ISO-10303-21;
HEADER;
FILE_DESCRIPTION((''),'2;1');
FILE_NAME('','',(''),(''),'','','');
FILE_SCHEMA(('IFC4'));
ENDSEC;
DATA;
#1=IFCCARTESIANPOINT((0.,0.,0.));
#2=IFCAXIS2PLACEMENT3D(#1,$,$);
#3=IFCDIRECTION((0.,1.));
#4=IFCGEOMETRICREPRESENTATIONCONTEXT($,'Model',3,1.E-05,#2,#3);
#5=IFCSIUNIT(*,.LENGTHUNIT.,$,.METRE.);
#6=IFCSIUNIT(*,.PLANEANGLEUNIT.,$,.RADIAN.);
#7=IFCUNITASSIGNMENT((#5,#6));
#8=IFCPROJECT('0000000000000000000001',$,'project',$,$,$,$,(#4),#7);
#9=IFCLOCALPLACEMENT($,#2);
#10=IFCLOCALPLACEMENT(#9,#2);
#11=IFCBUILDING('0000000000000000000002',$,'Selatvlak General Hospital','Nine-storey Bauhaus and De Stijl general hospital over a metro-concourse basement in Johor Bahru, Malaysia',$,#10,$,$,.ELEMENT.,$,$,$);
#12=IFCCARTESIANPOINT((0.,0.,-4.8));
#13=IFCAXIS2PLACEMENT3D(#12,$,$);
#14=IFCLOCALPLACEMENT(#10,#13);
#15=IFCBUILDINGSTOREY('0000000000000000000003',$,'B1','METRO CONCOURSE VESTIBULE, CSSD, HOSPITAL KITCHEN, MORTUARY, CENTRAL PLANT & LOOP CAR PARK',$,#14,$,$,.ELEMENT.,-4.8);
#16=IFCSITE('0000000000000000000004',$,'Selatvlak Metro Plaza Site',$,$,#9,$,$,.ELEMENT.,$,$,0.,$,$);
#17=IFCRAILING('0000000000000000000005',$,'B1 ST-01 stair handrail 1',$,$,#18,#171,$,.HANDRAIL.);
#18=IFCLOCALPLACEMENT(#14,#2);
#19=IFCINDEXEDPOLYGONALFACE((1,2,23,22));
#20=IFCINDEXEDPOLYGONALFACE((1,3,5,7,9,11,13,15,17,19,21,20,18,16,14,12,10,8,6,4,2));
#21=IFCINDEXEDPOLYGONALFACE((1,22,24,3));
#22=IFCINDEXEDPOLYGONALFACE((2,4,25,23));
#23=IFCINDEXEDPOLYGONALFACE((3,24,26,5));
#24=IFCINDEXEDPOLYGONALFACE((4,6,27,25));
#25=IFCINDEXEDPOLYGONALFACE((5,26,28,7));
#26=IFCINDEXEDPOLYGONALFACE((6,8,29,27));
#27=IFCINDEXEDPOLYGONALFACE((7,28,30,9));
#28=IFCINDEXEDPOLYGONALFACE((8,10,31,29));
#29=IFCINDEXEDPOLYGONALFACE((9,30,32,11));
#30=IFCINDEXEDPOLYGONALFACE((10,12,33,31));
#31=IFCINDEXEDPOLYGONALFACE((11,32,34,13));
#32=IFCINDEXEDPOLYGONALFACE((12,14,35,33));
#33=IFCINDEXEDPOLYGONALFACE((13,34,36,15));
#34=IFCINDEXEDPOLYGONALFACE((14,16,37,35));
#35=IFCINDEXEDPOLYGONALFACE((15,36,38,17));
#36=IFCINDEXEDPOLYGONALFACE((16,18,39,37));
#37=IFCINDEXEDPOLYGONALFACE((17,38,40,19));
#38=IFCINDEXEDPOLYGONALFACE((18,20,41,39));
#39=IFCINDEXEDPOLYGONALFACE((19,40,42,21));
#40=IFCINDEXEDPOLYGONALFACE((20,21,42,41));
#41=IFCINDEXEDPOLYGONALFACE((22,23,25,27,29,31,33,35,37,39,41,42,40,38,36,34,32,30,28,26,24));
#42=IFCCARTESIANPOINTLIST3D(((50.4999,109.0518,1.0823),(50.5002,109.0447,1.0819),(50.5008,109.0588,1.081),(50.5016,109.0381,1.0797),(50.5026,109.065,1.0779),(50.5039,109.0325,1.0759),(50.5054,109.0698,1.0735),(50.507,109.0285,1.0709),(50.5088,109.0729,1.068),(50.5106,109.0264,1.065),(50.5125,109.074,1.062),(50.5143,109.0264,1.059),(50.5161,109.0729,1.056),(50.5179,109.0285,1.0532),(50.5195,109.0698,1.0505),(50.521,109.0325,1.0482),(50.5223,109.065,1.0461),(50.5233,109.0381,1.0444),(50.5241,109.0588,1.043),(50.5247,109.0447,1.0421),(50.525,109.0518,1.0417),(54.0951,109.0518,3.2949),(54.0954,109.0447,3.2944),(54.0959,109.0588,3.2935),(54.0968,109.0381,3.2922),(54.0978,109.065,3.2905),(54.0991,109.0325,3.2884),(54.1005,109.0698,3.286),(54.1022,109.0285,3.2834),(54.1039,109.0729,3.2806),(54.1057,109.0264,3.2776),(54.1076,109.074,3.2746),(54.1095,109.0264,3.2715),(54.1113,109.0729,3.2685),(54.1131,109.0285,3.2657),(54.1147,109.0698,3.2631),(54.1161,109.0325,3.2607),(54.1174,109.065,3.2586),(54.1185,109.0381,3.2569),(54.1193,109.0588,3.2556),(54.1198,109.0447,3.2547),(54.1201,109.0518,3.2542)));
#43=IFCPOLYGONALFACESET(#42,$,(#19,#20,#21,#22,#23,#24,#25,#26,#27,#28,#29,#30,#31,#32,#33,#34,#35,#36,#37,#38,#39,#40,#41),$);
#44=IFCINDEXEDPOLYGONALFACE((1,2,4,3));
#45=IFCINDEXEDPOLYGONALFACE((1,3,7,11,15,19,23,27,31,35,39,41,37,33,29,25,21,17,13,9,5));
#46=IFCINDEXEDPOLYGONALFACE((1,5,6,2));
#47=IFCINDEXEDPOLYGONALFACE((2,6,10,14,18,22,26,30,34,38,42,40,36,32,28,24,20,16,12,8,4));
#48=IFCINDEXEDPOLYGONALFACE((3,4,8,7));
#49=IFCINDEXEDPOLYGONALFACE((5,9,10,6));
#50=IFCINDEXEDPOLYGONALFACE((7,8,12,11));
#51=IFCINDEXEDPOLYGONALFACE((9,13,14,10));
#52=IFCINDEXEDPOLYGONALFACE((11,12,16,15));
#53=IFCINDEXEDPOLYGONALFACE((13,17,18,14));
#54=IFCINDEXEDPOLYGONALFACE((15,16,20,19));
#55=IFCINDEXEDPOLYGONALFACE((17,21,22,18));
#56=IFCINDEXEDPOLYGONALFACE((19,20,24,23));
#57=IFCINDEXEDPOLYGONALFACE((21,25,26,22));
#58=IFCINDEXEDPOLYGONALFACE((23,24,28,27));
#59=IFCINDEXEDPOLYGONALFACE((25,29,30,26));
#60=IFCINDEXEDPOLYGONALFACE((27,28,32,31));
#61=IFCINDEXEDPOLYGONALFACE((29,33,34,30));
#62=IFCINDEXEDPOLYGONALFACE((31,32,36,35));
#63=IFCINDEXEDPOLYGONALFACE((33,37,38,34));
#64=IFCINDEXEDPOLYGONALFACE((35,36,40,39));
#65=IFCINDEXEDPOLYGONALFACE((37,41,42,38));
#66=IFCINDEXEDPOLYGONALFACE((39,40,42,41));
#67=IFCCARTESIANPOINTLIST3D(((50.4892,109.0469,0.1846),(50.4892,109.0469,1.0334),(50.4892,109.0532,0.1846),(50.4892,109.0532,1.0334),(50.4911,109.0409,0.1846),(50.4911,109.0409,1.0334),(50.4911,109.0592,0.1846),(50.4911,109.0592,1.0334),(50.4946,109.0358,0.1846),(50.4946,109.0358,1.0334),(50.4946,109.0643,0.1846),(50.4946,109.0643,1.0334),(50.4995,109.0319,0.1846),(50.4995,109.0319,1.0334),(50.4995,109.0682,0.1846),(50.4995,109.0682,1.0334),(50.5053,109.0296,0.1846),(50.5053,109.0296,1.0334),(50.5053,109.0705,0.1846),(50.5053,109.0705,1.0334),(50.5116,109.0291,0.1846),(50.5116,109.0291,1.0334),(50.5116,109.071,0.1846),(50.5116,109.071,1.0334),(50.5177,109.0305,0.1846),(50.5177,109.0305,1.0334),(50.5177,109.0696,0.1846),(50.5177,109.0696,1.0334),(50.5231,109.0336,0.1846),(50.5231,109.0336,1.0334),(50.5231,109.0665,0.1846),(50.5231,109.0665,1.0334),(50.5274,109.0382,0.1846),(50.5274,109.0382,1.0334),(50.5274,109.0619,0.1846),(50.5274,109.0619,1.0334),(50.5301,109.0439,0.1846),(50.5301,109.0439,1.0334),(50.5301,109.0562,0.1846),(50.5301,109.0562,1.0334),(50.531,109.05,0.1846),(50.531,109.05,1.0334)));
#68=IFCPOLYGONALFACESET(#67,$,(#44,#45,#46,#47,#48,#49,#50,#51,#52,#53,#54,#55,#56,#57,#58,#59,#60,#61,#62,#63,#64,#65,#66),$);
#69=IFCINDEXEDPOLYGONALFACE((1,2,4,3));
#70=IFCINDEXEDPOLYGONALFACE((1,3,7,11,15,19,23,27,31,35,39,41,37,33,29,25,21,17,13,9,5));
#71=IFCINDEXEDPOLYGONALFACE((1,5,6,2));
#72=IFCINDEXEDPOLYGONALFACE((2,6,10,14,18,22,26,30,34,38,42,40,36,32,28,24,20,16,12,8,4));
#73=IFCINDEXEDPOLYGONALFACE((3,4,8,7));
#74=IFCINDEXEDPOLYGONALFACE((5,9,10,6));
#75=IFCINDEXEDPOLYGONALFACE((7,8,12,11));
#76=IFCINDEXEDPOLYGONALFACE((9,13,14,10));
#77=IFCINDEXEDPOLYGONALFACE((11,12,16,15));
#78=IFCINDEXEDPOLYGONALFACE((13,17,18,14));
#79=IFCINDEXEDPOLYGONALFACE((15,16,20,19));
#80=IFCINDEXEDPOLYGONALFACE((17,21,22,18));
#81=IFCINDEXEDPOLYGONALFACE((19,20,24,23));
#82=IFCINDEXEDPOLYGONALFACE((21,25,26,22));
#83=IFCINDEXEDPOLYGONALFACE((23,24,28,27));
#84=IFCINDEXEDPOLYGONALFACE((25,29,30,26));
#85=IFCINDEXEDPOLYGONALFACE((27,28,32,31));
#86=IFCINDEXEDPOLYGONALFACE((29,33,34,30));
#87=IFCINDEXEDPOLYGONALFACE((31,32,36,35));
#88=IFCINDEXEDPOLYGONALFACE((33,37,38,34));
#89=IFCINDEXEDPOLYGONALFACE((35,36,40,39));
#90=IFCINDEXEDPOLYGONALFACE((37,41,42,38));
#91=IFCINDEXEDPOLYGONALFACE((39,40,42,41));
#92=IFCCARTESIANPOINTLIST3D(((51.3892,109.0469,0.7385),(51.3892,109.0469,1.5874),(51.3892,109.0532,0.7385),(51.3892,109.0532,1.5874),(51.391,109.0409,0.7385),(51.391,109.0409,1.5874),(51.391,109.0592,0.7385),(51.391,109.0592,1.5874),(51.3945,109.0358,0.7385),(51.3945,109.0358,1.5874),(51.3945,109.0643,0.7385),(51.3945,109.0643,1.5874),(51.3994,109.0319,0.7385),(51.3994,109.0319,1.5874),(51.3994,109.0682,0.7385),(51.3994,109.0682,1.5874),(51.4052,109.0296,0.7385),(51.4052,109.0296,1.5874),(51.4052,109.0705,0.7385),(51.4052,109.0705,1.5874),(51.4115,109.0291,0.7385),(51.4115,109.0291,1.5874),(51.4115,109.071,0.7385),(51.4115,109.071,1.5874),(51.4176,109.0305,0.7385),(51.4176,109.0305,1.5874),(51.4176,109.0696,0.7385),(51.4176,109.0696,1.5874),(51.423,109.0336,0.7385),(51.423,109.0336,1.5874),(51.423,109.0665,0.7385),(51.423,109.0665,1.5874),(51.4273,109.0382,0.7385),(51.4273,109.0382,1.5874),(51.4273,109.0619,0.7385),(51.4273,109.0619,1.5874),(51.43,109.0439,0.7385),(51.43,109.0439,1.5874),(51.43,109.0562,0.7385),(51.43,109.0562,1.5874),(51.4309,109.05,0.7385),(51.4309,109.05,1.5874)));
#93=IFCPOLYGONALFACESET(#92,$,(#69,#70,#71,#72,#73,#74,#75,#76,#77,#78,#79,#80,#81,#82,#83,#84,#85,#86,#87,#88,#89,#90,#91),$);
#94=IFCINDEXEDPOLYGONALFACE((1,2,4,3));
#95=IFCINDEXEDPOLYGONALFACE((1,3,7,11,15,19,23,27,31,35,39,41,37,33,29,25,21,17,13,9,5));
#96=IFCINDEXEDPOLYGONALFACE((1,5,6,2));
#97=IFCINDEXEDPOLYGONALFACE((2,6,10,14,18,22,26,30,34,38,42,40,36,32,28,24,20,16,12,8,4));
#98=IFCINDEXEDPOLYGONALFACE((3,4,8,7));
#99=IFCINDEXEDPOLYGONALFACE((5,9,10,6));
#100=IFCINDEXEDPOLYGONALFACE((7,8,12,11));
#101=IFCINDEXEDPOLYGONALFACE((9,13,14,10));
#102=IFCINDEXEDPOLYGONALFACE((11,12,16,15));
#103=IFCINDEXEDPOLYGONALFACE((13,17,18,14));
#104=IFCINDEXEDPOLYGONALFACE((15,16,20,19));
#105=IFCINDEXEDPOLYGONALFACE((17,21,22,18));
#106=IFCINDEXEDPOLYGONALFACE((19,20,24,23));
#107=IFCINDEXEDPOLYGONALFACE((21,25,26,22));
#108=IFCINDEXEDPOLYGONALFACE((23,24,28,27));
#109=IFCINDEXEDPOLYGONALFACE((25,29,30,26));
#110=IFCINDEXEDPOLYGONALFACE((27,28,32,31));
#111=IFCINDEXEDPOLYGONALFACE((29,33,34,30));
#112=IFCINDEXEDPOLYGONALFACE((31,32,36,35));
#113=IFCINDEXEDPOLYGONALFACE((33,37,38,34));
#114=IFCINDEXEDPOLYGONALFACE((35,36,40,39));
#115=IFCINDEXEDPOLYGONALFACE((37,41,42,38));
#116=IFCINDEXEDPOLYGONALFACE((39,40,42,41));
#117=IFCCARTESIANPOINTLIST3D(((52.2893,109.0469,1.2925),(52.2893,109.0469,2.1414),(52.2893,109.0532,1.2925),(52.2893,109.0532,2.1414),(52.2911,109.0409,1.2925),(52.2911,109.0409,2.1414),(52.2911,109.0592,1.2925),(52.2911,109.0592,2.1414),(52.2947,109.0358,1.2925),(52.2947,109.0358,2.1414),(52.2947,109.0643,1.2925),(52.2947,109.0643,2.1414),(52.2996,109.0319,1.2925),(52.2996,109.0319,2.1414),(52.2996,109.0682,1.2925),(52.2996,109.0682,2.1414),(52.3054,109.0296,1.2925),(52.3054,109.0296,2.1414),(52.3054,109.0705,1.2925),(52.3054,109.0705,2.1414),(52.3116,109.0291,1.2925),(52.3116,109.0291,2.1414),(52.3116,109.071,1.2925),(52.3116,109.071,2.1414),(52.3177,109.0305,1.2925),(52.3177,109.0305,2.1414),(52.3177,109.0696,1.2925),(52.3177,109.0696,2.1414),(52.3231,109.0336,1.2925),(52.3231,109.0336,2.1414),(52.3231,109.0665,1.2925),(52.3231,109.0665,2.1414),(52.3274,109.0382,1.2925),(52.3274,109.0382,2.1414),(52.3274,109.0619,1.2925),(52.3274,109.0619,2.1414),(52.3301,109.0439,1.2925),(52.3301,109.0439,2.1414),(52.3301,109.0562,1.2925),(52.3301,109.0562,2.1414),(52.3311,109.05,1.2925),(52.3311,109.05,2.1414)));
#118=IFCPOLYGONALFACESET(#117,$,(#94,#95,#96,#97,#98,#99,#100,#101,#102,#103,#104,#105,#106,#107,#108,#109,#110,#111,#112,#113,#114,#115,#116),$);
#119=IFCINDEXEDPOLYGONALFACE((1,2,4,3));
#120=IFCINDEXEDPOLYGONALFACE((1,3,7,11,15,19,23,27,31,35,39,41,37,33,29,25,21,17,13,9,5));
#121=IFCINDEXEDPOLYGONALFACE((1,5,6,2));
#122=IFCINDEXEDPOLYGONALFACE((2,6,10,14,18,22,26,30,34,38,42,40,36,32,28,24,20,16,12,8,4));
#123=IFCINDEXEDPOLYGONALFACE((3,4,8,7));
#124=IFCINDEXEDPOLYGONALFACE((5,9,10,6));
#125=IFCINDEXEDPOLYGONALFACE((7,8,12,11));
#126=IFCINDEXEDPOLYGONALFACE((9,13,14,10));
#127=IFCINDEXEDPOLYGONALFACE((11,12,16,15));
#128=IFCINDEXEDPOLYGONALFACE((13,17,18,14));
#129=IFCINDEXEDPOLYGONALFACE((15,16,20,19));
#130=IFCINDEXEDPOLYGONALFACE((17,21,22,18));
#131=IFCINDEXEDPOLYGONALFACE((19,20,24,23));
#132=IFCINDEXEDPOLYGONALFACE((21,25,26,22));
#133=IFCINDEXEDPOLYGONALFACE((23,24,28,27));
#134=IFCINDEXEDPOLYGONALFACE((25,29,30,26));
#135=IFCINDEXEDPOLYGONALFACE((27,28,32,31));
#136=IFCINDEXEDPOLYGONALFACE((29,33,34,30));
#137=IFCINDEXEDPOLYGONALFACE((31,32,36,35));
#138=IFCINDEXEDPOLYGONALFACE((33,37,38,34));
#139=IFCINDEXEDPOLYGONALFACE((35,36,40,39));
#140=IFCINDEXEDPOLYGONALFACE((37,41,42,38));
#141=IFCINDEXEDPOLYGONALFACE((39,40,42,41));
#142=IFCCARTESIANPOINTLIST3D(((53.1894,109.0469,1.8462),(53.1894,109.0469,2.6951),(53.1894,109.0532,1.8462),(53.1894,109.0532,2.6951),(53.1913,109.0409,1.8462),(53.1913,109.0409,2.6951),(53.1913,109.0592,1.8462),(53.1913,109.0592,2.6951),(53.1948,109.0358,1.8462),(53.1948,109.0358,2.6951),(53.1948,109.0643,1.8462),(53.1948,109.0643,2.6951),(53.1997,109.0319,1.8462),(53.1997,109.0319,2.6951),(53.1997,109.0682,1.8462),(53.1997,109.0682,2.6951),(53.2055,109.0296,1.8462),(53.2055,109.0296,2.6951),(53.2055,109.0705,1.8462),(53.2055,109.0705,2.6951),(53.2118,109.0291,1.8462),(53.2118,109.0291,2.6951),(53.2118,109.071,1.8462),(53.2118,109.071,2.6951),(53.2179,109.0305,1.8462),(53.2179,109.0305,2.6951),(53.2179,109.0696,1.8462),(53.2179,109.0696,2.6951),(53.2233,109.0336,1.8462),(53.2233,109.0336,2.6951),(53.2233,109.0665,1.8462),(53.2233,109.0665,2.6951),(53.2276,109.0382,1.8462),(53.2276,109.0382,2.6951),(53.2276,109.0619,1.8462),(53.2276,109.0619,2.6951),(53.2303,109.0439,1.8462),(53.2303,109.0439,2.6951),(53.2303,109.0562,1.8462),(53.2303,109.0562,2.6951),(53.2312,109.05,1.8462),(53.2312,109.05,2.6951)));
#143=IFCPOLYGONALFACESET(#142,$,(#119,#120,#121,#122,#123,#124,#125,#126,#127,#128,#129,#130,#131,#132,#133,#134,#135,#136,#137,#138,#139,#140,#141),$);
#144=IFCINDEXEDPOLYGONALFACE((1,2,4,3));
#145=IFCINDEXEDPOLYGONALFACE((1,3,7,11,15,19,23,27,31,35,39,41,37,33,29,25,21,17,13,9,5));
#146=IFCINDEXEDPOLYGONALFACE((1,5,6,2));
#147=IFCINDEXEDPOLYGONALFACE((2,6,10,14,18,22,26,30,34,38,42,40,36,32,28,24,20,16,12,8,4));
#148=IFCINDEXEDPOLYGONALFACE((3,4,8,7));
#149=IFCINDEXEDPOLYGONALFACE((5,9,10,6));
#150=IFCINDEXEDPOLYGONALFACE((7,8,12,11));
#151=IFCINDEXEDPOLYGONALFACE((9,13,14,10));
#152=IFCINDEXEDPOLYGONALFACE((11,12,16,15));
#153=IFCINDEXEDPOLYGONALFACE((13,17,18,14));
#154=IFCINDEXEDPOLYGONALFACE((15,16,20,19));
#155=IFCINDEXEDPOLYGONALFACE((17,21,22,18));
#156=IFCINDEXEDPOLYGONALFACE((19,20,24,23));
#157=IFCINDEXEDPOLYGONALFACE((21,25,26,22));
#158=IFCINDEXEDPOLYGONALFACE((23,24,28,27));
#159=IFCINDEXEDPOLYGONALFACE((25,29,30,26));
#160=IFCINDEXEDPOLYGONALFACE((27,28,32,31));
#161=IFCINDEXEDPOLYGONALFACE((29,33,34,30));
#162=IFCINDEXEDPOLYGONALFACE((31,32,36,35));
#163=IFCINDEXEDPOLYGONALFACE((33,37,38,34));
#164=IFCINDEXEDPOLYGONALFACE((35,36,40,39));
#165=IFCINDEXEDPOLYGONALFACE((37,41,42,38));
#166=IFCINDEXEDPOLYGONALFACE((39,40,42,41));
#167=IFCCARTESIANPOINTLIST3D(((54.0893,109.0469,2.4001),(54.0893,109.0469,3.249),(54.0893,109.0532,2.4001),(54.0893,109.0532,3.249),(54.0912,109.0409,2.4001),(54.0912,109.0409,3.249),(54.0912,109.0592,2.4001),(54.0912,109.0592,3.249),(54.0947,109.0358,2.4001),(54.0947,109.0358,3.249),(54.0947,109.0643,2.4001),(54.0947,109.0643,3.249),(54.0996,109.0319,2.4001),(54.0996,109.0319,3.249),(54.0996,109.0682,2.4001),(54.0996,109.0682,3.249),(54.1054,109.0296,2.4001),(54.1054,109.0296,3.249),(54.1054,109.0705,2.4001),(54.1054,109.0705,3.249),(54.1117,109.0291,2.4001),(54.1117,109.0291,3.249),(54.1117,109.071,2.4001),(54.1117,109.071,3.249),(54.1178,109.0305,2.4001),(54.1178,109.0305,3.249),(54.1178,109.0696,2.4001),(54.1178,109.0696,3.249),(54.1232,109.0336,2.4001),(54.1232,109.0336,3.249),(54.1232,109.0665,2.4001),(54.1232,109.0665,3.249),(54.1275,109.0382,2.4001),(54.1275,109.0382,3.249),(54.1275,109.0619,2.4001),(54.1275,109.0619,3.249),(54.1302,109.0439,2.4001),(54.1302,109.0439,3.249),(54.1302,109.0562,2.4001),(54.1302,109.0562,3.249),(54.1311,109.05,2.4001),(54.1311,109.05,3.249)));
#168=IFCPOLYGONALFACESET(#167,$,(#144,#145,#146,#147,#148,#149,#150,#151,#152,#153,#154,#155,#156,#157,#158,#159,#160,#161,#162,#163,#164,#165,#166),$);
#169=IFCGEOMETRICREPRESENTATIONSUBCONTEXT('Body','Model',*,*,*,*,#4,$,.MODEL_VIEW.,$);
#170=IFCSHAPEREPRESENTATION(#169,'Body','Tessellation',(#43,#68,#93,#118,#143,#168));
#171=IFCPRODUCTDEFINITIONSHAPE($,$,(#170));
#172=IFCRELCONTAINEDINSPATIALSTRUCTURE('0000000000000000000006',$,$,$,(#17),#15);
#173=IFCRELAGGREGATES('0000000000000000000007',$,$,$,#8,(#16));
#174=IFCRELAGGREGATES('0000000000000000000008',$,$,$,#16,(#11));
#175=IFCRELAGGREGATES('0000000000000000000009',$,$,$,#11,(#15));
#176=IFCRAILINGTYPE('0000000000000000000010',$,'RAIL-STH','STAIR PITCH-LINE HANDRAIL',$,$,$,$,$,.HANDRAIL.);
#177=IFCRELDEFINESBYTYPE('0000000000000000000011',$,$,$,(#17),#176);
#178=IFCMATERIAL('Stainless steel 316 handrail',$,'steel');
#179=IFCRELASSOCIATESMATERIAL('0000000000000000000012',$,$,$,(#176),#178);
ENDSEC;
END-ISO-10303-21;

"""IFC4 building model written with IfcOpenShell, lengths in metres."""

from ifc_helpers import new_model, si_unit, direction, frame, origin, origin_2d, place, context, subcontext, project, spatial, circle, extrude, material, type_object, element, save


model = new_model("IFC4")

# Units and contexts
model_context = context("Model", 3, precision=1e-05, world=origin(), true_north=direction((0.0, 1.0)))
body_context = subcontext(model_context, "Body", "Model", "MODEL_VIEW")
ifc_project = project(units=[si_unit("LENGTHUNIT", "METRE"), si_unit("PLANEANGLEUNIT", "RADIAN")], contexts=[model_context])

# Site, building, storey
site_placement = place(None, origin())
site = spatial("IfcSite", under=ifc_project, at=site_placement, Name="Selatvlak Metro Plaza Site", CompositionType="ELEMENT", RefElevation=0.0)
building_placement = place(site_placement, origin())
building = spatial("IfcBuilding", under=site, at=building_placement, Name="Selatvlak General Hospital", Description="Nine-storey Bauhaus and De Stijl general hospital over a metro-concourse basement in Johor Bahru, Malaysia", CompositionType="ELEMENT")
storey_placement = place(building_placement, frame((0.0, 0.0, -4.8)))
storey = spatial("IfcBuildingStorey", under=building, at=storey_placement, Name="B1", Description="METRO CONCOURSE VESTIBULE, CSSD, HOSPITAL KITCHEN, MORTUARY, CENTRAL PLANT & LOOP CAR PARK", CompositionType="ELEMENT", Elevation=-4.8)

# Railing
ifc_material_1 = material(Name="Stainless steel 316 handrail", Category="steel")
railing_type_1 = type_object("IfcRailingType", Name="RAIL-STH", Description="STAIR PITCH-LINE HANDRAIL", PredefinedType="HANDRAIL", material=ifc_material_1)
railing_1_placement = place(storey_placement, frame((50.51, 109.05, 0.1846)))
element("IfcRailing", 1, at=railing_1_placement, inside=storey, type_object=railing_type_1, Name="B1 ST-01 stair handrail 1", PredefinedType="HANDRAIL", context=body_context, shape_type="SweptSolid", body=[
    extrude(circle(Radius=0.0239, at=origin_2d()), frame((0.0024, 0.0, 0.8774), z_axis=(0.851644, 0.0, 0.52412), x_axis=(0.0, 1.0, 0.0)), (0.0, 0.0, 1.0), 4.2214),
    extrude(circle(Radius=0.021, at=origin_2d()), origin(), (0.0, 0.0, 1.0), 0.8489),
    extrude(circle(Radius=0.021, at=origin_2d()), frame((0.8999, 0.0, 0.554)), (0.0, 0.0, 1.0), 0.8489),
    extrude(circle(Radius=0.021, at=origin_2d()), frame((1.8, 0.0, 1.1079)), (0.0, 0.0, 1.0), 0.8489),
    extrude(circle(Radius=0.021, at=origin_2d()), frame((2.7002, 0.0, 1.6616)), (0.0, 0.0, 1.0), 0.8489),
    extrude(circle(Radius=0.021, at=origin_2d()), frame((3.6001, 0.0, 2.2156)), (0.0, 0.0, 1.0), 0.8489),
])

save(model, "model.ifc")
